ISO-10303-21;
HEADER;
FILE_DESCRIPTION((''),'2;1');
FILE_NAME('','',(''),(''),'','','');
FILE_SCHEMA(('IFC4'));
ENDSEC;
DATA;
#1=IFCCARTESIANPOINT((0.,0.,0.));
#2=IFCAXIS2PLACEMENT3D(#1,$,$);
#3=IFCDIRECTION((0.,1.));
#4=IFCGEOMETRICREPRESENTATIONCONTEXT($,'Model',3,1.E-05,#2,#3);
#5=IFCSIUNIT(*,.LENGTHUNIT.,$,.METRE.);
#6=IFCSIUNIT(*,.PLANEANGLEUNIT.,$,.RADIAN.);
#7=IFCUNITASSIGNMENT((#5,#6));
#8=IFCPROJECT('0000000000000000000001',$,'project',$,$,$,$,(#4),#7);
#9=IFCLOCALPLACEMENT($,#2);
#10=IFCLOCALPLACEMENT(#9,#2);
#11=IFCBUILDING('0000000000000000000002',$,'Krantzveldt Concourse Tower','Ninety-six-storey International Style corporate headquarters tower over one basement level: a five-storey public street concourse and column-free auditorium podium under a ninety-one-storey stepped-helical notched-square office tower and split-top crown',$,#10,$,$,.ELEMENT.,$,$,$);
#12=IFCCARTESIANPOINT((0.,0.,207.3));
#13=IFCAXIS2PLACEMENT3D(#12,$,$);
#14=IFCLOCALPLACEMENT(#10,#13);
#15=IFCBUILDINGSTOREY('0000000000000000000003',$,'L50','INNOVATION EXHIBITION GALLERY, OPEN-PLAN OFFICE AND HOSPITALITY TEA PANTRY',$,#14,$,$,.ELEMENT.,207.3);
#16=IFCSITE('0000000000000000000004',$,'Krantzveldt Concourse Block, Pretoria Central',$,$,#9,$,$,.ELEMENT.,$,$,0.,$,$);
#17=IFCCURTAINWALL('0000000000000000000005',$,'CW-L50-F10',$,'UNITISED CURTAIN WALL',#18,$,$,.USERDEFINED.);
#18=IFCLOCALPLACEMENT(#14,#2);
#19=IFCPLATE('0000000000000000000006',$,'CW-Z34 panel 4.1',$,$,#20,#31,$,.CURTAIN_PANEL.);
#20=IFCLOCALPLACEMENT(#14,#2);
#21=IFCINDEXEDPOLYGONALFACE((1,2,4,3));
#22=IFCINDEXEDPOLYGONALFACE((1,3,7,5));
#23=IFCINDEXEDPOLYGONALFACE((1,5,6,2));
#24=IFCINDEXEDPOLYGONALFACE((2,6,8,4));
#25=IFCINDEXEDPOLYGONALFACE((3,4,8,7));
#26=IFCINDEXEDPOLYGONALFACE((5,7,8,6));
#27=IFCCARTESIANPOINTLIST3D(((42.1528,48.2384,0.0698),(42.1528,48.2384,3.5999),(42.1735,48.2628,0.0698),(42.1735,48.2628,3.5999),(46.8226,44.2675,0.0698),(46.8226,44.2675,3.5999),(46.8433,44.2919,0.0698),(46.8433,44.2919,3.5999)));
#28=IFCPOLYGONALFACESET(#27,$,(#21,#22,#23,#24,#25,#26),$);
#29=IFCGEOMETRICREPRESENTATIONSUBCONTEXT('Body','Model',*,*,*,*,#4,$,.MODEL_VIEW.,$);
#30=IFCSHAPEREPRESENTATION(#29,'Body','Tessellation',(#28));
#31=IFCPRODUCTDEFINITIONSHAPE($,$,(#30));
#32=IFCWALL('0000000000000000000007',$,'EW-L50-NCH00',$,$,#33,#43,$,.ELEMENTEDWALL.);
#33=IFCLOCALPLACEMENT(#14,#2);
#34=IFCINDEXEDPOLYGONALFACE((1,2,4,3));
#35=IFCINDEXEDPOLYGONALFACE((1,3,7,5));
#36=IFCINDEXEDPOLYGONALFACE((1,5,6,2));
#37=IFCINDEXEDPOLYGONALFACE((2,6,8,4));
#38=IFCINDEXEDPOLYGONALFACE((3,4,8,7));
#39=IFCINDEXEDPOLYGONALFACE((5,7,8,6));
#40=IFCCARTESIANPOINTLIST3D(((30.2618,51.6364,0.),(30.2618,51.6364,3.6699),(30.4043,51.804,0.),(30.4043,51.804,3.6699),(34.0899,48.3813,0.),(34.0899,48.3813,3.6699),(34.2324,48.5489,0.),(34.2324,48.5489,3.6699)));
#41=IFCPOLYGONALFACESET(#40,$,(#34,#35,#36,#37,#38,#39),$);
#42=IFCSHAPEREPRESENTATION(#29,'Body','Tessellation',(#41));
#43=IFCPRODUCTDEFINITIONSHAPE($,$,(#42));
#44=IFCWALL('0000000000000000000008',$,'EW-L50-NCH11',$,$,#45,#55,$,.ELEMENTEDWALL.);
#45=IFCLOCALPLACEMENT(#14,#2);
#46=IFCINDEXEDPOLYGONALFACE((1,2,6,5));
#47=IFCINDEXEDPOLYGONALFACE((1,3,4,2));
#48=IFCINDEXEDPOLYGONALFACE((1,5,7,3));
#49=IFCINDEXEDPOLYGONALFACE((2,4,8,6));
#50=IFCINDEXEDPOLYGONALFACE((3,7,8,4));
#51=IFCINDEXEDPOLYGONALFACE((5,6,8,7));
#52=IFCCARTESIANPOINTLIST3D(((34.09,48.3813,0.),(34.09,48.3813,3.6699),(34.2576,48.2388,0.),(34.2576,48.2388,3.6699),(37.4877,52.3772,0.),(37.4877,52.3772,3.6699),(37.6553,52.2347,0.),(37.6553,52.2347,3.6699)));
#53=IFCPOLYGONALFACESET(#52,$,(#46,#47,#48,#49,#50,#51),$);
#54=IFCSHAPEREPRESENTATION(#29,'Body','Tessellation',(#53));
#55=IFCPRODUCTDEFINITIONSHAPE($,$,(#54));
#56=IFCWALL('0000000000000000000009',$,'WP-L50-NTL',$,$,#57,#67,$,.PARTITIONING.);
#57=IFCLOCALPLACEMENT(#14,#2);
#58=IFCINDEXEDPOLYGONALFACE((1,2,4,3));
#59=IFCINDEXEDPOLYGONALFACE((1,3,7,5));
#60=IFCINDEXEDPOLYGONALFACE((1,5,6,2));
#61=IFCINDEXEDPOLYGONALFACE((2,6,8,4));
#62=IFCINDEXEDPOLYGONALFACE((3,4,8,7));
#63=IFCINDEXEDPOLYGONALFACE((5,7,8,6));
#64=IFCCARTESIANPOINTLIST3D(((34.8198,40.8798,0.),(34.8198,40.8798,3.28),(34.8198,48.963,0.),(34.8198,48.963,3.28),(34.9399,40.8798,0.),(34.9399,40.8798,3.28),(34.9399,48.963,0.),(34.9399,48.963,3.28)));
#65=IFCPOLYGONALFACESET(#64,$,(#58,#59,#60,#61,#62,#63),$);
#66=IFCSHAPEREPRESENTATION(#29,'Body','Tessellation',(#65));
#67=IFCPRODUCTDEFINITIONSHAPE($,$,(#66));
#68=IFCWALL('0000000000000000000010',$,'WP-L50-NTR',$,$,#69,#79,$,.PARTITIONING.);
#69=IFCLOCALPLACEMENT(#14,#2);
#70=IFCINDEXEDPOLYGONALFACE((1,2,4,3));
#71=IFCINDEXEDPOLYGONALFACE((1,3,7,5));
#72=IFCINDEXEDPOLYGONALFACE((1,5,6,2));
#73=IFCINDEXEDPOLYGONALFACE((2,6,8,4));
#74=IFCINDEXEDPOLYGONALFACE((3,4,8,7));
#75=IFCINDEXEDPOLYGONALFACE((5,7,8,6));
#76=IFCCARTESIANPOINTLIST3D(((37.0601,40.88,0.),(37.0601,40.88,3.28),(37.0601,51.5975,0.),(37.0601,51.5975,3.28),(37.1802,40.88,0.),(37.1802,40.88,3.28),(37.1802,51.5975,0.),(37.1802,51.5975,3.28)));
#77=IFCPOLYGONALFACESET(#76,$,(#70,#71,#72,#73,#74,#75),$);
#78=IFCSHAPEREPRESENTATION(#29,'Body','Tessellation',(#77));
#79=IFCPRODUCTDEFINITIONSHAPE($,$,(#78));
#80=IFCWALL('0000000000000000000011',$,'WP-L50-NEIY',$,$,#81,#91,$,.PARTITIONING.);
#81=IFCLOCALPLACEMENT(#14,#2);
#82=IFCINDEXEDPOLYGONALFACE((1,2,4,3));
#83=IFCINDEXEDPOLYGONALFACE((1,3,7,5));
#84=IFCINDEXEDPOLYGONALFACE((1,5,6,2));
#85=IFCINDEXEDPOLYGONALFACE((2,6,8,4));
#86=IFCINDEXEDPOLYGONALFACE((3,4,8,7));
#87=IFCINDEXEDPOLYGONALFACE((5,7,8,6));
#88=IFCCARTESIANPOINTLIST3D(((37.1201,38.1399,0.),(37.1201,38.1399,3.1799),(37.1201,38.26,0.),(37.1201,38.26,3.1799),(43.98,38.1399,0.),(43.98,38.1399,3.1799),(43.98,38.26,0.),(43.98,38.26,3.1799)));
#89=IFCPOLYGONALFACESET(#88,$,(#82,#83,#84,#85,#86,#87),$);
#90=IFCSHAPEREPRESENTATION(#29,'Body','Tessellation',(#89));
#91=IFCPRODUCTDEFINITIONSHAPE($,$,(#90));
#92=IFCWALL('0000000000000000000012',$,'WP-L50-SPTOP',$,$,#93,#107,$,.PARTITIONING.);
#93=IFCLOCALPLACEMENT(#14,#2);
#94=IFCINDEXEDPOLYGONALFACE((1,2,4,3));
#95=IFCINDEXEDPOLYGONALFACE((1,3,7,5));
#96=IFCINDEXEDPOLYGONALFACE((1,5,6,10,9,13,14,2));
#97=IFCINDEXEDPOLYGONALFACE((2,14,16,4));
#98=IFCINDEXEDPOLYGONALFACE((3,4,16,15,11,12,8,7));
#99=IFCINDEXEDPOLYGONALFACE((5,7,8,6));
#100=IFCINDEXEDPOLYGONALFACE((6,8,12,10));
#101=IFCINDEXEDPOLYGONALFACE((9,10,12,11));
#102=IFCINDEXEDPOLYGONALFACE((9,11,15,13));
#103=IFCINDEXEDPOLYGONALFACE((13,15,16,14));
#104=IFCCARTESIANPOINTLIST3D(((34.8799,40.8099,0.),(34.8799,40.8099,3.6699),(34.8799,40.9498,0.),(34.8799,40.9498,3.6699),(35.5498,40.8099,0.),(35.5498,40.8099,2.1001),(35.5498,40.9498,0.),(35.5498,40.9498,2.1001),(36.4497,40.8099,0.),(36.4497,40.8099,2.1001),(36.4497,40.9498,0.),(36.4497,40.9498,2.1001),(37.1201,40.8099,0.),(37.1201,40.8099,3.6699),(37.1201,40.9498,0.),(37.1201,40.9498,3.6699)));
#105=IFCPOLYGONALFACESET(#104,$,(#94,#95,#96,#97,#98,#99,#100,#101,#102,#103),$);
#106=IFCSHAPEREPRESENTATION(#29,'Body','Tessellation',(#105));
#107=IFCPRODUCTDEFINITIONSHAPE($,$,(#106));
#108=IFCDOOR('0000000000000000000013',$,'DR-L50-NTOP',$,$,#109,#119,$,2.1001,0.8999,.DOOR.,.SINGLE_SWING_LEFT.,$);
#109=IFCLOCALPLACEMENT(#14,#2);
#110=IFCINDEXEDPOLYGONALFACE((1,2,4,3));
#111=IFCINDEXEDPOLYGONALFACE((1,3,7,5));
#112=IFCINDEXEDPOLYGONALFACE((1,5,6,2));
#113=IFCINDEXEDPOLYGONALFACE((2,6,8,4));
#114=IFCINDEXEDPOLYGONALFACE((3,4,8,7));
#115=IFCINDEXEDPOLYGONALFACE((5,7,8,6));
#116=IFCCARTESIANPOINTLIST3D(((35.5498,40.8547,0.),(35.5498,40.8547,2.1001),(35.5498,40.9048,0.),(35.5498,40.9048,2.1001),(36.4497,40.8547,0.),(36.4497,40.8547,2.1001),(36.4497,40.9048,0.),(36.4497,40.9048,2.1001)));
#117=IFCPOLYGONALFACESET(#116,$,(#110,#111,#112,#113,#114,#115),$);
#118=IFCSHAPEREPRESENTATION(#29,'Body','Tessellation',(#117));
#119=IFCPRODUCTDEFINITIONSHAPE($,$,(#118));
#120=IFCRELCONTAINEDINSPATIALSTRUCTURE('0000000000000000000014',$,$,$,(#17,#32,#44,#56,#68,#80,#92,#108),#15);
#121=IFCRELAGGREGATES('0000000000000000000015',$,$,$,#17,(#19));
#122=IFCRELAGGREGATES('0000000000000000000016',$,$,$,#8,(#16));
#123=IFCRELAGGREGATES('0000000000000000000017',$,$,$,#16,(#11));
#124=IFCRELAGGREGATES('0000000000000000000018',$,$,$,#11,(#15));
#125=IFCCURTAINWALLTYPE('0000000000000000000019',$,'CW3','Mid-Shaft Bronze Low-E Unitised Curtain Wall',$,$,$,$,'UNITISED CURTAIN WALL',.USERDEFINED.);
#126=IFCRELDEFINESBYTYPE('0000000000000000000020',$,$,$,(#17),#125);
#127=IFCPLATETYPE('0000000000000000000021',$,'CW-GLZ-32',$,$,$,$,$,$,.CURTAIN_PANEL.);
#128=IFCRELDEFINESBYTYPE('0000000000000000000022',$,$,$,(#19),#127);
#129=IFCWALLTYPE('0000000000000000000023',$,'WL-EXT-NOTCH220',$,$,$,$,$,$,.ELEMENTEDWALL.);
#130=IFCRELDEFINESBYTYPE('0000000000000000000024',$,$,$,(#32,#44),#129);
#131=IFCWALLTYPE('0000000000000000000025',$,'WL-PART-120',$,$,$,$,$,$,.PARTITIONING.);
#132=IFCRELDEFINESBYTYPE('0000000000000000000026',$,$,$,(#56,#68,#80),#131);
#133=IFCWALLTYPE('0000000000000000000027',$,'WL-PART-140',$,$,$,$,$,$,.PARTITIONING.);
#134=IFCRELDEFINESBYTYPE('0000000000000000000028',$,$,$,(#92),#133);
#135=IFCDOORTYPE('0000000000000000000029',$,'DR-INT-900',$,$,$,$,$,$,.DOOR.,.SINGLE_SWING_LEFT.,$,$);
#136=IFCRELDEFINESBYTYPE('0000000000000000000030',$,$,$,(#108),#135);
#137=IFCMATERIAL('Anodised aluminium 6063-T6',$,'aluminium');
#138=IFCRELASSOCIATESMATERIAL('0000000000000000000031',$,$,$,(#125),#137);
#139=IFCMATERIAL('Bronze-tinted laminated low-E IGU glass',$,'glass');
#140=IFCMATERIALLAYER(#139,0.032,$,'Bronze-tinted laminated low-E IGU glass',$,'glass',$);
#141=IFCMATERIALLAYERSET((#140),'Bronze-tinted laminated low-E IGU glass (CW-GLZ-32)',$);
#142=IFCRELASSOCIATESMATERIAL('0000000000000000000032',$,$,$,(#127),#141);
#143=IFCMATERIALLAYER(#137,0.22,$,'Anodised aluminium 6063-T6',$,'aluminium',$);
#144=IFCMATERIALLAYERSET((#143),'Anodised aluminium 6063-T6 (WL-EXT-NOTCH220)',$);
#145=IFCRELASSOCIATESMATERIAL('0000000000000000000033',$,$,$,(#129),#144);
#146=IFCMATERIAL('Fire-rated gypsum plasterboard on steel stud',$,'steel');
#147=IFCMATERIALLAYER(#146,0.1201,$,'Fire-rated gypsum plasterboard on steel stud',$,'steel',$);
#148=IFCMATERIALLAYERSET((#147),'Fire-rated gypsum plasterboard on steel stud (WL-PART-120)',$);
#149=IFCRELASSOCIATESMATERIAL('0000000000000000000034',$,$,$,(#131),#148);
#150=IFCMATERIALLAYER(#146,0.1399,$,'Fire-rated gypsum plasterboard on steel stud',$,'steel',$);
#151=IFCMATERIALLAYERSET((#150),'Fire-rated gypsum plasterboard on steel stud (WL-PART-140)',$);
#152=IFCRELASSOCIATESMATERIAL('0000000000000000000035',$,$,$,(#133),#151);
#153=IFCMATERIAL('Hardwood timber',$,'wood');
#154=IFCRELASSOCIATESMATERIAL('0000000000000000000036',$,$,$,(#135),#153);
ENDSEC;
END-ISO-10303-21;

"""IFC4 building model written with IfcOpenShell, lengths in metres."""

from ifc_helpers import new_model, si_unit, direction, frame, frame_2d, origin, origin_2d, place, context, subcontext, project, spatial, rectangle, extrude, source, transform, mapped, material, layer, layer_set, type_object, element, fill, aggregate, save


model = new_model("IFC4")

# Units and contexts
model_context = context("Model", 3, precision=1e-05, world=origin(), true_north=direction((0.0, 1.0)))
body_context = subcontext(model_context, "Body", "Model", "MODEL_VIEW")
ifc_project = project(units=[si_unit("LENGTHUNIT", "METRE"), si_unit("PLANEANGLEUNIT", "RADIAN")], contexts=[model_context])

# Site, building, storey
site_placement = place(None, origin())
site = spatial("IfcSite", under=ifc_project, at=site_placement, Name="Krantzveldt Concourse Block, Pretoria Central", CompositionType="ELEMENT", RefElevation=0.0)
building_placement = place(site_placement, origin())
building = spatial("IfcBuilding", under=site, at=building_placement, Name="Krantzveldt Concourse Tower", Description="Ninety-six-storey International Style corporate headquarters tower over one basement level: a five-storey public street concourse and column-free auditorium podium under a ninety-one-storey stepped-helical notched-square office tower and split-top crown", CompositionType="ELEMENT")
storey_placement = place(building_placement, frame((0.0, 0.0, 207.3)))
storey = spatial("IfcBuildingStorey", under=building, at=storey_placement, Name="L50", Description="INNOVATION EXHIBITION GALLERY, OPEN-PLAN OFFICE AND HOSPITALITY TEA PANTRY", CompositionType="ELEMENT", Elevation=207.3)

# Curtain wall, plate
ifc_material_1 = material(Name="Anodised aluminium 6063-T6", Category="aluminium")
curtain_wall_type = type_object("IfcCurtainWallType", Name="CW3", Description="Mid-Shaft Bronze Low-E Unitised Curtain Wall", ElementType="UNITISED CURTAIN WALL", PredefinedType="USERDEFINED", material=ifc_material_1)
curtain_wall_placement = place(storey_placement, origin())
curtain_wall = element("IfcCurtainWall", 1, at=curtain_wall_placement, inside=storey, type_object=curtain_wall_type, Name="CW-L50-F10", ObjectType="UNITISED CURTAIN WALL", PredefinedType="USERDEFINED")
ifc_material_2 = material(Name="Bronze-tinted laminated low-E IGU glass", Category="glass")
ifc_layer_1 = layer(ifc_material_2, 0.032, Name="Bronze-tinted laminated low-E IGU glass", Category="glass")
ifc_layer_set_1 = layer_set([ifc_layer_1], Name="Bronze-tinted laminated low-E IGU glass (CW-GLZ-32)")
plate_type = type_object("IfcPlateType", Name="CW-GLZ-32", PredefinedType="CURTAIN_PANEL", material=ifc_layer_set_1)
shared_shape_1 = source(origin(), body_context, "Body", "SweptSolid", [
    extrude(rectangle(XDim=6.1299, YDim=0.032, at=origin_2d()), origin(), (0.0, 0.0, 1.0), 3.53),
])
plate_1_placement = place(storey_placement, frame((44.498, 46.2651, 0.0698), z_axis=(0.0, 0.0, 1.0), x_axis=(-0.761821, 0.647788, 0.0)))
plate_1 = element("IfcPlate", 2, at=plate_1_placement, type_object=plate_type, Name="CW-Z34 panel 4.1", PredefinedType="CURTAIN_PANEL", context=body_context, shape_type="MappedRepresentation", body=[
    mapped(shared_shape_1, transform((0.0, 0.0, 0.0), x_axis=(1.0, 0.0, 0.0), y_axis=(0.0, 1.0, 0.0), z_axis=(0.0, 0.0, 1.0), scale=1.0)),
])
aggregate(curtain_wall, [plate_1])

# Walls
ifc_layer_2 = layer(ifc_material_1, 0.22, Name="Anodised aluminium 6063-T6", Category="aluminium")
ifc_layer_set_2 = layer_set([ifc_layer_2], Name="Anodised aluminium 6063-T6 (WL-EXT-NOTCH220)")
wall_type_1 = type_object("IfcWallType", Name="WL-EXT-NOTCH220", PredefinedType="ELEMENTEDWALL", material=ifc_layer_set_2)
wall_1_placement = place(storey_placement, frame((34.1611, 48.4651, 0.0), z_axis=(0.0, 0.0, 1.0), x_axis=(-0.761819, 0.647789, 0.0)))
element("IfcWall", 3, at=wall_1_placement, inside=storey, type_object=wall_type_1, Name="EW-L50-NCH00", PredefinedType="ELEMENTEDWALL", context=body_context, shape_type="SweptSolid", body=[
    extrude(rectangle(XDim=5.0249, YDim=0.22, at=frame_2d((2.5125, 0.0))), origin(), (0.0, 0.0, 1.0), 3.6699),
])
wall_2_placement = place(storey_placement, frame((37.5715, 52.3059, 0.0), z_axis=(0.0, 0.0, 1.0), x_axis=(-0.647785, -0.761823, 0.0)))
element("IfcWall", 4, at=wall_2_placement, inside=storey, type_object=wall_type_1, Name="EW-L50-NCH11", PredefinedType="ELEMENTEDWALL", context=body_context, shape_type="SweptSolid", body=[
    extrude(rectangle(XDim=5.2451, YDim=0.22, at=frame_2d((2.6226, 0.0))), origin(), (0.0, 0.0, 1.0), 3.6699),
])
ifc_material_3 = material(Name="Fire-rated gypsum plasterboard on steel stud", Category="steel")
ifc_layer_3 = layer(ifc_material_3, 0.1201, Name="Fire-rated gypsum plasterboard on steel stud", Category="steel")
ifc_layer_set_3 = layer_set([ifc_layer_3], Name="Fire-rated gypsum plasterboard on steel stud (WL-PART-120)")
wall_type_2 = type_object("IfcWallType", Name="WL-PART-120", PredefinedType="PARTITIONING", material=ifc_layer_set_3)
wall_3_placement = place(storey_placement, frame((34.8799, 40.8799, 0.0), z_axis=(0.0, 0.0, 1.0), x_axis=(0.0, 1.0, 0.0)))
element("IfcWall", 5, at=wall_3_placement, inside=storey, type_object=wall_type_2, Name="WP-L50-NTL", PredefinedType="PARTITIONING", context=body_context, shape_type="SweptSolid", body=[
    extrude(rectangle(XDim=8.0833, YDim=0.1201, at=frame_2d((4.0415, 0.0))), origin(), (0.0, 0.0, 1.0), 3.28),
])
wall_4_placement = place(storey_placement, frame((37.1201, 40.8799, 0.0), z_axis=(0.0, 0.0, 1.0), x_axis=(0.0, 1.0, 0.0)))
element("IfcWall", 6, at=wall_4_placement, inside=storey, type_object=wall_type_2, Name="WP-L50-NTR", PredefinedType="PARTITIONING", context=body_context, shape_type="SweptSolid", body=[
    extrude(rectangle(XDim=10.7175, YDim=0.1201, at=frame_2d((5.3589, 0.0))), origin(), (0.0, 0.0, 1.0), 3.28),
])
wall_5_placement = place(storey_placement, frame((37.1201, 38.2, 0.0), z_axis=(0.0, 0.0, 1.0), x_axis=(1.0, 0.0, 0.0)))
element("IfcWall", 7, at=wall_5_placement, inside=storey, type_object=wall_type_2, Name="WP-L50-NEIY", PredefinedType="PARTITIONING", context=body_context, shape_type="SweptSolid", body=[
    extrude(rectangle(XDim=6.8599, YDim=0.1201, at=frame_2d((3.4299, 0.0))), origin(), (0.0, 0.0, 1.0), 3.1799),
])

# Wall, opening, door
ifc_layer_4 = layer(ifc_material_3, 0.1399, Name="Fire-rated gypsum plasterboard on steel stud", Category="steel")
ifc_layer_set_4 = layer_set([ifc_layer_4], Name="Fire-rated gypsum plasterboard on steel stud (WL-PART-140)")
wall_type_3 = type_object("IfcWallType", Name="WL-PART-140", PredefinedType="PARTITIONING", material=ifc_layer_set_4)
wall_6_placement = place(storey_placement, frame((34.8799, 40.8799, 0.0), z_axis=(0.0, 0.0, 1.0), x_axis=(1.0, 0.0, 0.0)))
wall_6 = element("IfcWall", 8, at=wall_6_placement, inside=storey, type_object=wall_type_3, Name="WP-L50-SPTOP", PredefinedType="PARTITIONING", context=body_context, shape_type="SweptSolid", body=[
    extrude(rectangle(XDim=2.2402, YDim=0.1399, at=frame_2d((1.1201, 0.0))), origin(), (0.0, 0.0, 1.0), 3.6699),
])
opening_placement = place(wall_6_placement, frame((0.6699, 0.0, 0.0)))
opening = element("IfcOpeningElement", 9, at=opening_placement, cuts=wall_6, PredefinedType="OPENING", context=body_context, shape_type="SweptSolid", body=[
    extrude(rectangle(XDim=0.8999, YDim=2.1001, at=frame_2d((0.45, 1.05))), frame((0.0, 0.0801, 0.0), z_axis=(0.0, -1.0, 0.0), x_axis=(1.0, 0.0, 0.0)), (0.0, 0.0, 1.0), 0.1599),
])
ifc_material_4 = material(Name="Hardwood timber", Category="wood")
door_type = type_object("IfcDoorType", Name="DR-INT-900", OperationType="SINGLE_SWING_LEFT", PredefinedType="DOOR", material=ifc_material_4)
door_placement = place(opening_placement, origin())
door = element("IfcDoor", 10, at=door_placement, inside=storey, type_object=door_type, Name="DR-L50-NTOP", OperationType="SINGLE_SWING_LEFT", OverallHeight=2.1001, OverallWidth=0.8999, PredefinedType="DOOR", context=body_context, shape_type="SweptSolid", body=[
    extrude(rectangle(XDim=0.8999, YDim=2.1001, at=frame_2d((0.45, 1.05))), frame((0.0, 0.0249, 0.0), z_axis=(0.0, -1.0, 0.0), x_axis=(1.0, 0.0, 0.0)), (0.0, 0.0, 1.0), 0.05),
])
fill(opening, door)

save(model, "model.ifc")
